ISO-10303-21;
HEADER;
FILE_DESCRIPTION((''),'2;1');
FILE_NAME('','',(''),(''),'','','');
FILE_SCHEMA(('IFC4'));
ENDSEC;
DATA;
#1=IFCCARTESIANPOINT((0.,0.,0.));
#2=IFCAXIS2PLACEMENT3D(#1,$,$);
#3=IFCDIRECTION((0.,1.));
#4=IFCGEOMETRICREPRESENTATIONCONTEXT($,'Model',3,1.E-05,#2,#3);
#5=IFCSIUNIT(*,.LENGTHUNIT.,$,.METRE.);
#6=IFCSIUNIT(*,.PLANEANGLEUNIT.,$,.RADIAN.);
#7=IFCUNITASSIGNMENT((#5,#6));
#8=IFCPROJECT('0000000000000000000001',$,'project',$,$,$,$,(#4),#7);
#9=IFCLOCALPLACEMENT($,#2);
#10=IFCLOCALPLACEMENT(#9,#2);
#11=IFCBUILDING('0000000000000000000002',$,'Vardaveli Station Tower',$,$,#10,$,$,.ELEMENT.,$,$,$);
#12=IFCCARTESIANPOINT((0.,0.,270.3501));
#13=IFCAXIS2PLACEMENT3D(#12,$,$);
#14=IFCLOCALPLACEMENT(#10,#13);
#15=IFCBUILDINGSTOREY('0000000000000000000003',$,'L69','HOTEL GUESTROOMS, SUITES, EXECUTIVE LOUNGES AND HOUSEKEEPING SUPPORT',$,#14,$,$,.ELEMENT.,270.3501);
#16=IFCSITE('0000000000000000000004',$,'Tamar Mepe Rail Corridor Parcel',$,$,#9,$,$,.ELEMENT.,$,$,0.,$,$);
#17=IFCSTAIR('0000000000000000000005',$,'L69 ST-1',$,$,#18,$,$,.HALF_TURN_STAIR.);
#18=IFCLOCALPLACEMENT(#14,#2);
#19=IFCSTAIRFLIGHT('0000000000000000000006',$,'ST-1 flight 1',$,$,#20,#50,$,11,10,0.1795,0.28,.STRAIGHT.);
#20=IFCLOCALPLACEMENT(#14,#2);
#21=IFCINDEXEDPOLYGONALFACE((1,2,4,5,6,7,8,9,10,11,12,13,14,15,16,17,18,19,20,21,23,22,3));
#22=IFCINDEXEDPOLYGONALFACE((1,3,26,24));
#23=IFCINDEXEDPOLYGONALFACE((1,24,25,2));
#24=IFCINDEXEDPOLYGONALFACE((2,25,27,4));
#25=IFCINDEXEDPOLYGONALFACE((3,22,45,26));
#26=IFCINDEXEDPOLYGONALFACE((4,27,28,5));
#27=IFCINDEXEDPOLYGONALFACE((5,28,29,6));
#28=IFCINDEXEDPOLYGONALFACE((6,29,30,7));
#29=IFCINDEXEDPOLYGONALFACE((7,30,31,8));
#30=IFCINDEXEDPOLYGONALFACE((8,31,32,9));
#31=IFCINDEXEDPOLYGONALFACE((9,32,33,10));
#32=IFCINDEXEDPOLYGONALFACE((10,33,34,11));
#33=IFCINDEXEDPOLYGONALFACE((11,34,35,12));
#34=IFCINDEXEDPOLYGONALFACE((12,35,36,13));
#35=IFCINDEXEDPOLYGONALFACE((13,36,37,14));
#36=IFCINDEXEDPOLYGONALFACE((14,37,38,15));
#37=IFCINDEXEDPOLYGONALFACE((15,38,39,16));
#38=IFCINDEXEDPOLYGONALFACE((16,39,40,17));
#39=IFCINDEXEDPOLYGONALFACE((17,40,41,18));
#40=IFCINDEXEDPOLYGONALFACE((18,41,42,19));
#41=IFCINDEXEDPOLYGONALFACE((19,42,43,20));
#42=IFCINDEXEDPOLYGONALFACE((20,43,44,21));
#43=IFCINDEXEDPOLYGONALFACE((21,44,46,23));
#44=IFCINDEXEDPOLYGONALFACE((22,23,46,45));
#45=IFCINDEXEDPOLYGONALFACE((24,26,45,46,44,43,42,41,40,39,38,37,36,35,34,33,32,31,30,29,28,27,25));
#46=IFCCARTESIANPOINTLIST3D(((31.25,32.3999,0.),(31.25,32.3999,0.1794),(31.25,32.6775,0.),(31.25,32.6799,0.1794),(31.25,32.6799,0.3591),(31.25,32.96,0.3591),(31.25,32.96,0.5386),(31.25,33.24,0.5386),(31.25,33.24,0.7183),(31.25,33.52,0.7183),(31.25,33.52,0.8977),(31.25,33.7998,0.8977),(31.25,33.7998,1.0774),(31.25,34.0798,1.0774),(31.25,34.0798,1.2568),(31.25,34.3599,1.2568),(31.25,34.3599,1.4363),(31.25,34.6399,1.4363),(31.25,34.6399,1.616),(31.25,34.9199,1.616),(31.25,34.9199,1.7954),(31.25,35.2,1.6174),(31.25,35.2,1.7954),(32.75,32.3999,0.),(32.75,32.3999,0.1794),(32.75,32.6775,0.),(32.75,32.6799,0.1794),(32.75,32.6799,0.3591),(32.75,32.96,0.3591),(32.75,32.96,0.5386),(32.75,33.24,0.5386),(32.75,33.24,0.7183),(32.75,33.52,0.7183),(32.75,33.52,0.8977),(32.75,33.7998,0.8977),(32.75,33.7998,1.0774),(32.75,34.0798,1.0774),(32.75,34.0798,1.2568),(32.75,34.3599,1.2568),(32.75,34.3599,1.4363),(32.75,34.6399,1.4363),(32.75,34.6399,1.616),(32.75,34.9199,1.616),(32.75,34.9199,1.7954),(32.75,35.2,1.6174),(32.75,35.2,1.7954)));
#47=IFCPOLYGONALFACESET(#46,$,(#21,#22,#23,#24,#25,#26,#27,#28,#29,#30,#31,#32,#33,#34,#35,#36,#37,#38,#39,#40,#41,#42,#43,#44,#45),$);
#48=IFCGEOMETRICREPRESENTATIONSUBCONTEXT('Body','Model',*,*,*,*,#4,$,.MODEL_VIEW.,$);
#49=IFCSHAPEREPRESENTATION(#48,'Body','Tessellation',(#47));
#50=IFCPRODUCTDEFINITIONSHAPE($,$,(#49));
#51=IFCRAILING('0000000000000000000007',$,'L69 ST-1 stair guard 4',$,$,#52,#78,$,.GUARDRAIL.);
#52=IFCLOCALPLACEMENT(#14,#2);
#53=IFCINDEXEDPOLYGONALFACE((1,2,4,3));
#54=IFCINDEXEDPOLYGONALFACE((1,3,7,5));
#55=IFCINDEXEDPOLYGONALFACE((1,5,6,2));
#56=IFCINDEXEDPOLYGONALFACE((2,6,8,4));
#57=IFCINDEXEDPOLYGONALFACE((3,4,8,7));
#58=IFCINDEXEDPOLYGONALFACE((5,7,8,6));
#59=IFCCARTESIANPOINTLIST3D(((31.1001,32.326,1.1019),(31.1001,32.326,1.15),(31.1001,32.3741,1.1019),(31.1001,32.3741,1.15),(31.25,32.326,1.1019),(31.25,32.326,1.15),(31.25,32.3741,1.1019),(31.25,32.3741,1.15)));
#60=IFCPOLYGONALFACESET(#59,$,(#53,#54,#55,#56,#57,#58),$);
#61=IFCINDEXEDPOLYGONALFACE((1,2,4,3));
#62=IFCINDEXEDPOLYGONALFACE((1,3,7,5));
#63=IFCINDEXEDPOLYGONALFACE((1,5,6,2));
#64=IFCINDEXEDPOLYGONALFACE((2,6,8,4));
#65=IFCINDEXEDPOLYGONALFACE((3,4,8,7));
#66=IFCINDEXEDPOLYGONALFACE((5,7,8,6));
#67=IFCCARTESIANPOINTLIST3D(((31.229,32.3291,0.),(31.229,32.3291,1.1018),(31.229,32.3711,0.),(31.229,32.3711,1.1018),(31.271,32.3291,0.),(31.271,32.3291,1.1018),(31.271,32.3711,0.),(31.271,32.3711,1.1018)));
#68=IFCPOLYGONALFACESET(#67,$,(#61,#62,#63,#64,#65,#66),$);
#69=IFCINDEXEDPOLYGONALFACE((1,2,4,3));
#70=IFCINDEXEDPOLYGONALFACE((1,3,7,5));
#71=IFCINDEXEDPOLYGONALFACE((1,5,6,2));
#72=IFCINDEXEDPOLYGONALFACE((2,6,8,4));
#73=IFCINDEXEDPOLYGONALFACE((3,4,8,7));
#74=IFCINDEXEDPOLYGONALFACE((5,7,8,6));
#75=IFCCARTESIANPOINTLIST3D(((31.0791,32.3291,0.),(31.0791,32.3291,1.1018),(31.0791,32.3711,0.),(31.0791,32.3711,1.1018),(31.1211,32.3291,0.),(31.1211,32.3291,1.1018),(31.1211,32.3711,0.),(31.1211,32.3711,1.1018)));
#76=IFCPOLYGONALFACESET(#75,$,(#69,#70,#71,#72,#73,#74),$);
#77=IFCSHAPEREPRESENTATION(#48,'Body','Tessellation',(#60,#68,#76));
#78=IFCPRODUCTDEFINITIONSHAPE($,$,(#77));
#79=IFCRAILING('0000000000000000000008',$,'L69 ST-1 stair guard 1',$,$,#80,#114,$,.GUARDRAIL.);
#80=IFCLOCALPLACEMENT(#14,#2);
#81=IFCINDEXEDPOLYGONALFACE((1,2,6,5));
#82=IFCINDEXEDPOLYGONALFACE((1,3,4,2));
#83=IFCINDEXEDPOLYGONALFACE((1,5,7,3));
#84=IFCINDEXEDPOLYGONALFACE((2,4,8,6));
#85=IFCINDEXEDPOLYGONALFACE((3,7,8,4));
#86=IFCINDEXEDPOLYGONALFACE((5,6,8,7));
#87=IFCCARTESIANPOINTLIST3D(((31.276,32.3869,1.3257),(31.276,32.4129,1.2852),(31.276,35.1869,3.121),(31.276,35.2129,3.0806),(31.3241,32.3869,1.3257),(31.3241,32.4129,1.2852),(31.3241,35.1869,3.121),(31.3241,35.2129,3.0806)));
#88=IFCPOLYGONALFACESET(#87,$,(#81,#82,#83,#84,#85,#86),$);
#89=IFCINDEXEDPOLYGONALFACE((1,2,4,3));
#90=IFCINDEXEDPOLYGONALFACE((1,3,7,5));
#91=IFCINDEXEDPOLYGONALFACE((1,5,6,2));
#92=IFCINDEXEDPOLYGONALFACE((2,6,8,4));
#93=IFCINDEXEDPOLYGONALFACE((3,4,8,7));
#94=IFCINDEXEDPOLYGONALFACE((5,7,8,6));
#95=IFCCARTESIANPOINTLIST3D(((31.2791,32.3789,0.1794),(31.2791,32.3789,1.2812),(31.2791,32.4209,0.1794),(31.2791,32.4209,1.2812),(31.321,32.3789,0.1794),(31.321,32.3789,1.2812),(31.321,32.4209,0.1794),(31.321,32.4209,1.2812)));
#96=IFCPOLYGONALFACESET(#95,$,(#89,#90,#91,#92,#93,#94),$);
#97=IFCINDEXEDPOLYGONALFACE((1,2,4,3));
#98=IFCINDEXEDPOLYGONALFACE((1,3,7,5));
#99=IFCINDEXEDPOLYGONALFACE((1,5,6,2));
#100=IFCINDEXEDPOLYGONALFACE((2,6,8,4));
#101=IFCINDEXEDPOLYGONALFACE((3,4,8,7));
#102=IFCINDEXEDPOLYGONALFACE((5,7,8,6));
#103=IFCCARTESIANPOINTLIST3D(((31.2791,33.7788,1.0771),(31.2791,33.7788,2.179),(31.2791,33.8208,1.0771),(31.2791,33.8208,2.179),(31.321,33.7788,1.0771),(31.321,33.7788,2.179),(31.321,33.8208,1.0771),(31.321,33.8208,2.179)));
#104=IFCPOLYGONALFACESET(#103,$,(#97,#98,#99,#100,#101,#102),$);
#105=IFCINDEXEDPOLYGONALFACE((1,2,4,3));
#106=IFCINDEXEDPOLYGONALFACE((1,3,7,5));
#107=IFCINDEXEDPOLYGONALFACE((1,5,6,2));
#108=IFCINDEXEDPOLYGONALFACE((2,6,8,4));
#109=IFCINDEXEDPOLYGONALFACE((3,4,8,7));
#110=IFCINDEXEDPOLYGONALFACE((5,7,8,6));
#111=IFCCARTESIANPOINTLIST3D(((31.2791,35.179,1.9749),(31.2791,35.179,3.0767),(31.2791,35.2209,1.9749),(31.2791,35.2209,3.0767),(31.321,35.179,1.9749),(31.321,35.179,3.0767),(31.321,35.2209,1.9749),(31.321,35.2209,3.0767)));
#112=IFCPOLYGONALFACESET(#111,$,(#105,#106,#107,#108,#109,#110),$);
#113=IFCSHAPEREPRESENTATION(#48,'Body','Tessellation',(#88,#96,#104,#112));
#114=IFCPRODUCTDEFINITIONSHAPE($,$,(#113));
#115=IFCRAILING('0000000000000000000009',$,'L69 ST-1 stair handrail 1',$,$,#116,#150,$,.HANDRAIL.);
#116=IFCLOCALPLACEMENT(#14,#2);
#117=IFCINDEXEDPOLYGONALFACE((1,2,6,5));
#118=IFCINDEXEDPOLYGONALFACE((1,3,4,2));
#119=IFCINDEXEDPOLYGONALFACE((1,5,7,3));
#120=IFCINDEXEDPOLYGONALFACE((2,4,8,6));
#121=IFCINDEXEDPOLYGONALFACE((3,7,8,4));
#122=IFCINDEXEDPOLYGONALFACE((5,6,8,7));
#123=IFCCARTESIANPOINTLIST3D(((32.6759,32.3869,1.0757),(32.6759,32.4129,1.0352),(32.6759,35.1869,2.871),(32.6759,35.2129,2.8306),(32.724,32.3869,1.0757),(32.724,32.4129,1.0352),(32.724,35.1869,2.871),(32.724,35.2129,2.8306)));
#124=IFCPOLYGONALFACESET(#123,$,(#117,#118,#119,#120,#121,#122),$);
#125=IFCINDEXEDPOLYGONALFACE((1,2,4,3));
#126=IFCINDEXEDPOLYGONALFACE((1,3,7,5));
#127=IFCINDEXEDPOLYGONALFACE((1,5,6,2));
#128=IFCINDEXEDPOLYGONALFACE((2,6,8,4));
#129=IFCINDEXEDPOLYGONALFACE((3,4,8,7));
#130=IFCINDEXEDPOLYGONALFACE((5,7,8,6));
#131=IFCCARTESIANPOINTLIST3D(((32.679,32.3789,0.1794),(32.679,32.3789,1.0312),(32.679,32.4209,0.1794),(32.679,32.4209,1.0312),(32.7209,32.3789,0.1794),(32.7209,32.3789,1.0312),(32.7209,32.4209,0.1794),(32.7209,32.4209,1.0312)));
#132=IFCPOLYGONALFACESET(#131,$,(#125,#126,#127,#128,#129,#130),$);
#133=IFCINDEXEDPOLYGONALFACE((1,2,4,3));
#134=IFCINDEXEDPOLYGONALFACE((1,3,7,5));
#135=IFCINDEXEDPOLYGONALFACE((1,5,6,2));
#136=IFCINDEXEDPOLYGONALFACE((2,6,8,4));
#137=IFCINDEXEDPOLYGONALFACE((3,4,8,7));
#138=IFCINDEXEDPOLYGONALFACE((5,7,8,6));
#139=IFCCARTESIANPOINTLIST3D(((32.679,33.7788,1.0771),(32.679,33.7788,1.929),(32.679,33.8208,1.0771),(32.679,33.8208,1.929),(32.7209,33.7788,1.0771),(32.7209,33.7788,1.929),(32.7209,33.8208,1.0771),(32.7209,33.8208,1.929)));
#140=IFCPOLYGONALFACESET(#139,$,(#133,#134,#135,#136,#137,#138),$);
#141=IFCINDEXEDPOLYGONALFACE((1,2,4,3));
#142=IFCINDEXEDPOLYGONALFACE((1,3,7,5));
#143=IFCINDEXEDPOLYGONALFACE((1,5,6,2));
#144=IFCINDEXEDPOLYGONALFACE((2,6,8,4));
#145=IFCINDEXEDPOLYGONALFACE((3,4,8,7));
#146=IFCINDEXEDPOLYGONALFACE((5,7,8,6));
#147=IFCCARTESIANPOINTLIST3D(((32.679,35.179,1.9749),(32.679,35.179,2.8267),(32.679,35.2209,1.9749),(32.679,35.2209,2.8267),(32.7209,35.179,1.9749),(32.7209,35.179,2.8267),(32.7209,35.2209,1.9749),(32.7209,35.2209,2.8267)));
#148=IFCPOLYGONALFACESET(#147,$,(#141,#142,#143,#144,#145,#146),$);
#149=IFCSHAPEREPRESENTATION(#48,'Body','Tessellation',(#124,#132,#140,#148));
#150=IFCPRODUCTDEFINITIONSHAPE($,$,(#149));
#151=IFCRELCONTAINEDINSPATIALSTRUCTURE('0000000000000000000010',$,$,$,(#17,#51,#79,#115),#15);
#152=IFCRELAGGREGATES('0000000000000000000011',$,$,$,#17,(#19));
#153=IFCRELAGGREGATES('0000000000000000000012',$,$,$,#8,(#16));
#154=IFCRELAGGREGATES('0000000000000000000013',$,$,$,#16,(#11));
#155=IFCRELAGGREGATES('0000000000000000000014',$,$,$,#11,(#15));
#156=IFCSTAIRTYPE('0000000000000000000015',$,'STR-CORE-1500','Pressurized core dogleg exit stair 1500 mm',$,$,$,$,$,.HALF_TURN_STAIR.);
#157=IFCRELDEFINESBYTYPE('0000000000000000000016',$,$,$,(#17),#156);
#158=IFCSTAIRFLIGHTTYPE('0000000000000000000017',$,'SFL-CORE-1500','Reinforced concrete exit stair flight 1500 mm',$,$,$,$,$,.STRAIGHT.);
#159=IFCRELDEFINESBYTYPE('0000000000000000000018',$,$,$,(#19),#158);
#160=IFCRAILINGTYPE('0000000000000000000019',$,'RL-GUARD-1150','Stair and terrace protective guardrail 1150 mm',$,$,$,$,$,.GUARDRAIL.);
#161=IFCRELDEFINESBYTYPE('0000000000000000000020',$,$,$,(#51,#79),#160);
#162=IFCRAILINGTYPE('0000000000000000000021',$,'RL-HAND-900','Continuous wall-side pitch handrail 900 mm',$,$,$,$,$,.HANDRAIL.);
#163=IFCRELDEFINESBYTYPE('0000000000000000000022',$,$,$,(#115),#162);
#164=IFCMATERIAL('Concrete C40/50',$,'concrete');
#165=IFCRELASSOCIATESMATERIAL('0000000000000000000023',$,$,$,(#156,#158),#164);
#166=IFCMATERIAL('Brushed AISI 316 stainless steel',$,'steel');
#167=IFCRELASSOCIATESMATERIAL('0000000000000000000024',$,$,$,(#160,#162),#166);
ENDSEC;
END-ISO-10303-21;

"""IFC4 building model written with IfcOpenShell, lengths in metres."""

from ifc_helpers import new_model, si_unit, direction, frame, origin, origin_2d, place, context, subcontext, project, spatial, polyline, rectangle, outline, extrude, source, transform, mapped, material, type_object, element, aggregate, save


model = new_model("IFC4")

# Units and contexts
model_context = context("Model", 3, precision=1e-05, world=origin(), true_north=direction((0.0, 1.0)))
body_context = subcontext(model_context, "Body", "Model", "MODEL_VIEW")
ifc_project = project(units=[si_unit("LENGTHUNIT", "METRE"), si_unit("PLANEANGLEUNIT", "RADIAN")], contexts=[model_context])

# Site, building, storey
site_placement = place(None, origin())
site = spatial("IfcSite", under=ifc_project, at=site_placement, Name="Tamar Mepe Rail Corridor Parcel", CompositionType="ELEMENT", RefElevation=0.0)
building_placement = place(site_placement, origin())
building = spatial("IfcBuilding", under=site, at=building_placement, Name="Vardaveli Station Tower", CompositionType="ELEMENT")
storey_placement = place(building_placement, frame((0.0, 0.0, 270.3501)))
storey = spatial("IfcBuildingStorey", under=building, at=storey_placement, Name="L69", Description="HOTEL GUESTROOMS, SUITES, EXECUTIVE LOUNGES AND HOUSEKEEPING SUPPORT", CompositionType="ELEMENT", Elevation=270.3501)

# Shared definitions
ifc_material_1 = material(Name="Concrete C40/50", Category="concrete")

# Stair, stair flight
stair_type = type_object("IfcStairType", Name="STR-CORE-1500", Description="Pressurized core dogleg exit stair 1500 mm", PredefinedType="HALF_TURN_STAIR", material=ifc_material_1)
stair_placement = place(storey_placement, origin())
stair = element("IfcStair", 1, at=stair_placement, inside=storey, type_object=stair_type, Name="L69 ST-1", PredefinedType="HALF_TURN_STAIR")
stair_flight_type = type_object("IfcStairFlightType", Name="SFL-CORE-1500", Description="Reinforced concrete exit stair flight 1500 mm", PredefinedType="STRAIGHT", material=ifc_material_1)
shared_shape_1 = source(origin(), body_context, "Body", "SweptSolid", [
    extrude(outline(polyline([(0.0, 0.0), (0.0, 0.1794), (0.28, 0.1794), (0.28, 0.3591), (0.5601, 0.3591), (0.5601, 0.5386), (0.8401, 0.5386), (0.8401, 0.7183), (1.1201, 0.7183), (1.1201, 0.8977), (1.3999, 0.8977), (1.3999, 1.0774), (1.6799, 1.0774), (1.6799, 1.2568), (1.96, 1.2568), (1.96, 1.4363), (2.24, 1.4363), (2.24, 1.616), (2.52, 1.616), (2.52, 1.7954), (2.8, 1.7954), (2.8, 1.9751), (2.8, 1.6174), (0.2776, 0.0), (0.0, 0.0)])), frame((0.0, 0.75, 0.0), z_axis=(0.0, -1.0, 0.0), x_axis=(1.0, 0.0, 0.0)), (0.0, 0.0, 1.0), 1.5),
])
stair_flight_placement = place(storey_placement, frame((32.0, 32.3999, 0.0), z_axis=(0.0, 0.0, 1.0), x_axis=(0.0, 1.0, 0.0)))
stair_flight = element("IfcStairFlight", 2, at=stair_flight_placement, type_object=stair_flight_type, Name="ST-1 flight 1", NumberOfRisers=11, NumberOfTreads=10, PredefinedType="STRAIGHT", RiserHeight=0.1795, TreadLength=0.28, context=body_context, shape_type="MappedRepresentation", body=[
    mapped(shared_shape_1, transform((0.0, 0.0, 0.0), scale=1.0)),
])
aggregate(stair, [stair_flight])

# Railings
ifc_material_2 = material(Name="Brushed AISI 316 stainless steel", Category="steel")
railing_type_1 = type_object("IfcRailingType", Name="RL-GUARD-1150", Description="Stair and terrace protective guardrail 1150 mm", PredefinedType="GUARDRAIL", material=ifc_material_2)
shared_shape_2 = source(origin(), body_context, "Body", "SweptSolid", [
    extrude(rectangle(XDim=0.0481, YDim=0.0481, at=origin_2d()), frame((0.0, 0.0, 1.126), z_axis=(-1.0, 0.0, 0.0), x_axis=(0.0, -1.0, 0.0)), (0.0, 0.0, 1.0), 0.1499),
    extrude(rectangle(XDim=0.042, YDim=0.042, at=origin_2d()), origin(), (0.0, 0.0, 1.0), 1.1018),
    extrude(rectangle(XDim=0.042, YDim=0.042, at=origin_2d()), frame((-0.1499, 0.0, 0.0)), (0.0, 0.0, 1.0), 1.1018),
])
railing_1_placement = place(storey_placement, frame((31.25, 32.3501, 0.0)))
element("IfcRailing", 3, at=railing_1_placement, inside=storey, type_object=railing_type_1, Name="L69 ST-1 stair guard 4", PredefinedType="GUARDRAIL", context=body_context, shape_type="MappedRepresentation", body=[
    mapped(shared_shape_2, transform((0.0, 0.0, 0.0), scale=1.0)),
])
shared_shape_3 = source(origin(), body_context, "Body", "SweptSolid", [
    extrude(rectangle(XDim=0.0481, YDim=0.0481, at=origin_2d()), frame((0.0, 0.0, 1.126), z_axis=(0.0, 0.84181, 0.539774), x_axis=(-1.0, 0.0, 0.0)), (0.0, 0.0, 1.0), 3.3262),
    extrude(rectangle(XDim=0.042, YDim=0.042, at=origin_2d()), origin(), (0.0, 0.0, 1.0), 1.1018),
    extrude(rectangle(XDim=0.042, YDim=0.042, at=origin_2d()), frame((0.0, 1.3999, 0.8977)), (0.0, 0.0, 1.0), 1.1018),
    extrude(rectangle(XDim=0.042, YDim=0.042, at=origin_2d()), frame((0.0, 2.8, 1.7954)), (0.0, 0.0, 1.0), 1.1018),
])
railing_2_placement = place(storey_placement, frame((31.3, 32.3999, 0.1794)))
element("IfcRailing", 4, at=railing_2_placement, inside=storey, type_object=railing_type_1, Name="L69 ST-1 stair guard 1", PredefinedType="GUARDRAIL", context=body_context, shape_type="MappedRepresentation", body=[
    mapped(shared_shape_3, transform((0.0, 0.0, 0.0), scale=1.0)),
])
railing_type_2 = type_object("IfcRailingType", Name="RL-HAND-900", Description="Continuous wall-side pitch handrail 900 mm", PredefinedType="HANDRAIL", material=ifc_material_2)
shared_shape_4 = source(origin(), body_context, "Body", "SweptSolid", [
    extrude(rectangle(XDim=0.0481, YDim=0.0481, at=origin_2d()), frame((0.0, 0.0, 0.876), z_axis=(0.0, 0.84181, 0.539774), x_axis=(-1.0, 0.0, 0.0)), (0.0, 0.0, 1.0), 3.3262),
    extrude(rectangle(XDim=0.042, YDim=0.042, at=origin_2d()), origin(), (0.0, 0.0, 1.0), 0.8518),
    extrude(rectangle(XDim=0.042, YDim=0.042, at=origin_2d()), frame((0.0, 1.3999, 0.8977)), (0.0, 0.0, 1.0), 0.8518),
    extrude(rectangle(XDim=0.042, YDim=0.042, at=origin_2d()), frame((0.0, 2.8, 1.7954)), (0.0, 0.0, 1.0), 0.8518),
])
railing_3_placement = place(storey_placement, frame((32.7, 32.3999, 0.1794)))
element("IfcRailing", 5, at=railing_3_placement, inside=storey, type_object=railing_type_2, Name="L69 ST-1 stair handrail 1", PredefinedType="HANDRAIL", context=body_context, shape_type="MappedRepresentation", body=[
    mapped(shared_shape_4, transform((0.0, 0.0, 0.0), scale=1.0)),
])

save(model, "model.ifc")
